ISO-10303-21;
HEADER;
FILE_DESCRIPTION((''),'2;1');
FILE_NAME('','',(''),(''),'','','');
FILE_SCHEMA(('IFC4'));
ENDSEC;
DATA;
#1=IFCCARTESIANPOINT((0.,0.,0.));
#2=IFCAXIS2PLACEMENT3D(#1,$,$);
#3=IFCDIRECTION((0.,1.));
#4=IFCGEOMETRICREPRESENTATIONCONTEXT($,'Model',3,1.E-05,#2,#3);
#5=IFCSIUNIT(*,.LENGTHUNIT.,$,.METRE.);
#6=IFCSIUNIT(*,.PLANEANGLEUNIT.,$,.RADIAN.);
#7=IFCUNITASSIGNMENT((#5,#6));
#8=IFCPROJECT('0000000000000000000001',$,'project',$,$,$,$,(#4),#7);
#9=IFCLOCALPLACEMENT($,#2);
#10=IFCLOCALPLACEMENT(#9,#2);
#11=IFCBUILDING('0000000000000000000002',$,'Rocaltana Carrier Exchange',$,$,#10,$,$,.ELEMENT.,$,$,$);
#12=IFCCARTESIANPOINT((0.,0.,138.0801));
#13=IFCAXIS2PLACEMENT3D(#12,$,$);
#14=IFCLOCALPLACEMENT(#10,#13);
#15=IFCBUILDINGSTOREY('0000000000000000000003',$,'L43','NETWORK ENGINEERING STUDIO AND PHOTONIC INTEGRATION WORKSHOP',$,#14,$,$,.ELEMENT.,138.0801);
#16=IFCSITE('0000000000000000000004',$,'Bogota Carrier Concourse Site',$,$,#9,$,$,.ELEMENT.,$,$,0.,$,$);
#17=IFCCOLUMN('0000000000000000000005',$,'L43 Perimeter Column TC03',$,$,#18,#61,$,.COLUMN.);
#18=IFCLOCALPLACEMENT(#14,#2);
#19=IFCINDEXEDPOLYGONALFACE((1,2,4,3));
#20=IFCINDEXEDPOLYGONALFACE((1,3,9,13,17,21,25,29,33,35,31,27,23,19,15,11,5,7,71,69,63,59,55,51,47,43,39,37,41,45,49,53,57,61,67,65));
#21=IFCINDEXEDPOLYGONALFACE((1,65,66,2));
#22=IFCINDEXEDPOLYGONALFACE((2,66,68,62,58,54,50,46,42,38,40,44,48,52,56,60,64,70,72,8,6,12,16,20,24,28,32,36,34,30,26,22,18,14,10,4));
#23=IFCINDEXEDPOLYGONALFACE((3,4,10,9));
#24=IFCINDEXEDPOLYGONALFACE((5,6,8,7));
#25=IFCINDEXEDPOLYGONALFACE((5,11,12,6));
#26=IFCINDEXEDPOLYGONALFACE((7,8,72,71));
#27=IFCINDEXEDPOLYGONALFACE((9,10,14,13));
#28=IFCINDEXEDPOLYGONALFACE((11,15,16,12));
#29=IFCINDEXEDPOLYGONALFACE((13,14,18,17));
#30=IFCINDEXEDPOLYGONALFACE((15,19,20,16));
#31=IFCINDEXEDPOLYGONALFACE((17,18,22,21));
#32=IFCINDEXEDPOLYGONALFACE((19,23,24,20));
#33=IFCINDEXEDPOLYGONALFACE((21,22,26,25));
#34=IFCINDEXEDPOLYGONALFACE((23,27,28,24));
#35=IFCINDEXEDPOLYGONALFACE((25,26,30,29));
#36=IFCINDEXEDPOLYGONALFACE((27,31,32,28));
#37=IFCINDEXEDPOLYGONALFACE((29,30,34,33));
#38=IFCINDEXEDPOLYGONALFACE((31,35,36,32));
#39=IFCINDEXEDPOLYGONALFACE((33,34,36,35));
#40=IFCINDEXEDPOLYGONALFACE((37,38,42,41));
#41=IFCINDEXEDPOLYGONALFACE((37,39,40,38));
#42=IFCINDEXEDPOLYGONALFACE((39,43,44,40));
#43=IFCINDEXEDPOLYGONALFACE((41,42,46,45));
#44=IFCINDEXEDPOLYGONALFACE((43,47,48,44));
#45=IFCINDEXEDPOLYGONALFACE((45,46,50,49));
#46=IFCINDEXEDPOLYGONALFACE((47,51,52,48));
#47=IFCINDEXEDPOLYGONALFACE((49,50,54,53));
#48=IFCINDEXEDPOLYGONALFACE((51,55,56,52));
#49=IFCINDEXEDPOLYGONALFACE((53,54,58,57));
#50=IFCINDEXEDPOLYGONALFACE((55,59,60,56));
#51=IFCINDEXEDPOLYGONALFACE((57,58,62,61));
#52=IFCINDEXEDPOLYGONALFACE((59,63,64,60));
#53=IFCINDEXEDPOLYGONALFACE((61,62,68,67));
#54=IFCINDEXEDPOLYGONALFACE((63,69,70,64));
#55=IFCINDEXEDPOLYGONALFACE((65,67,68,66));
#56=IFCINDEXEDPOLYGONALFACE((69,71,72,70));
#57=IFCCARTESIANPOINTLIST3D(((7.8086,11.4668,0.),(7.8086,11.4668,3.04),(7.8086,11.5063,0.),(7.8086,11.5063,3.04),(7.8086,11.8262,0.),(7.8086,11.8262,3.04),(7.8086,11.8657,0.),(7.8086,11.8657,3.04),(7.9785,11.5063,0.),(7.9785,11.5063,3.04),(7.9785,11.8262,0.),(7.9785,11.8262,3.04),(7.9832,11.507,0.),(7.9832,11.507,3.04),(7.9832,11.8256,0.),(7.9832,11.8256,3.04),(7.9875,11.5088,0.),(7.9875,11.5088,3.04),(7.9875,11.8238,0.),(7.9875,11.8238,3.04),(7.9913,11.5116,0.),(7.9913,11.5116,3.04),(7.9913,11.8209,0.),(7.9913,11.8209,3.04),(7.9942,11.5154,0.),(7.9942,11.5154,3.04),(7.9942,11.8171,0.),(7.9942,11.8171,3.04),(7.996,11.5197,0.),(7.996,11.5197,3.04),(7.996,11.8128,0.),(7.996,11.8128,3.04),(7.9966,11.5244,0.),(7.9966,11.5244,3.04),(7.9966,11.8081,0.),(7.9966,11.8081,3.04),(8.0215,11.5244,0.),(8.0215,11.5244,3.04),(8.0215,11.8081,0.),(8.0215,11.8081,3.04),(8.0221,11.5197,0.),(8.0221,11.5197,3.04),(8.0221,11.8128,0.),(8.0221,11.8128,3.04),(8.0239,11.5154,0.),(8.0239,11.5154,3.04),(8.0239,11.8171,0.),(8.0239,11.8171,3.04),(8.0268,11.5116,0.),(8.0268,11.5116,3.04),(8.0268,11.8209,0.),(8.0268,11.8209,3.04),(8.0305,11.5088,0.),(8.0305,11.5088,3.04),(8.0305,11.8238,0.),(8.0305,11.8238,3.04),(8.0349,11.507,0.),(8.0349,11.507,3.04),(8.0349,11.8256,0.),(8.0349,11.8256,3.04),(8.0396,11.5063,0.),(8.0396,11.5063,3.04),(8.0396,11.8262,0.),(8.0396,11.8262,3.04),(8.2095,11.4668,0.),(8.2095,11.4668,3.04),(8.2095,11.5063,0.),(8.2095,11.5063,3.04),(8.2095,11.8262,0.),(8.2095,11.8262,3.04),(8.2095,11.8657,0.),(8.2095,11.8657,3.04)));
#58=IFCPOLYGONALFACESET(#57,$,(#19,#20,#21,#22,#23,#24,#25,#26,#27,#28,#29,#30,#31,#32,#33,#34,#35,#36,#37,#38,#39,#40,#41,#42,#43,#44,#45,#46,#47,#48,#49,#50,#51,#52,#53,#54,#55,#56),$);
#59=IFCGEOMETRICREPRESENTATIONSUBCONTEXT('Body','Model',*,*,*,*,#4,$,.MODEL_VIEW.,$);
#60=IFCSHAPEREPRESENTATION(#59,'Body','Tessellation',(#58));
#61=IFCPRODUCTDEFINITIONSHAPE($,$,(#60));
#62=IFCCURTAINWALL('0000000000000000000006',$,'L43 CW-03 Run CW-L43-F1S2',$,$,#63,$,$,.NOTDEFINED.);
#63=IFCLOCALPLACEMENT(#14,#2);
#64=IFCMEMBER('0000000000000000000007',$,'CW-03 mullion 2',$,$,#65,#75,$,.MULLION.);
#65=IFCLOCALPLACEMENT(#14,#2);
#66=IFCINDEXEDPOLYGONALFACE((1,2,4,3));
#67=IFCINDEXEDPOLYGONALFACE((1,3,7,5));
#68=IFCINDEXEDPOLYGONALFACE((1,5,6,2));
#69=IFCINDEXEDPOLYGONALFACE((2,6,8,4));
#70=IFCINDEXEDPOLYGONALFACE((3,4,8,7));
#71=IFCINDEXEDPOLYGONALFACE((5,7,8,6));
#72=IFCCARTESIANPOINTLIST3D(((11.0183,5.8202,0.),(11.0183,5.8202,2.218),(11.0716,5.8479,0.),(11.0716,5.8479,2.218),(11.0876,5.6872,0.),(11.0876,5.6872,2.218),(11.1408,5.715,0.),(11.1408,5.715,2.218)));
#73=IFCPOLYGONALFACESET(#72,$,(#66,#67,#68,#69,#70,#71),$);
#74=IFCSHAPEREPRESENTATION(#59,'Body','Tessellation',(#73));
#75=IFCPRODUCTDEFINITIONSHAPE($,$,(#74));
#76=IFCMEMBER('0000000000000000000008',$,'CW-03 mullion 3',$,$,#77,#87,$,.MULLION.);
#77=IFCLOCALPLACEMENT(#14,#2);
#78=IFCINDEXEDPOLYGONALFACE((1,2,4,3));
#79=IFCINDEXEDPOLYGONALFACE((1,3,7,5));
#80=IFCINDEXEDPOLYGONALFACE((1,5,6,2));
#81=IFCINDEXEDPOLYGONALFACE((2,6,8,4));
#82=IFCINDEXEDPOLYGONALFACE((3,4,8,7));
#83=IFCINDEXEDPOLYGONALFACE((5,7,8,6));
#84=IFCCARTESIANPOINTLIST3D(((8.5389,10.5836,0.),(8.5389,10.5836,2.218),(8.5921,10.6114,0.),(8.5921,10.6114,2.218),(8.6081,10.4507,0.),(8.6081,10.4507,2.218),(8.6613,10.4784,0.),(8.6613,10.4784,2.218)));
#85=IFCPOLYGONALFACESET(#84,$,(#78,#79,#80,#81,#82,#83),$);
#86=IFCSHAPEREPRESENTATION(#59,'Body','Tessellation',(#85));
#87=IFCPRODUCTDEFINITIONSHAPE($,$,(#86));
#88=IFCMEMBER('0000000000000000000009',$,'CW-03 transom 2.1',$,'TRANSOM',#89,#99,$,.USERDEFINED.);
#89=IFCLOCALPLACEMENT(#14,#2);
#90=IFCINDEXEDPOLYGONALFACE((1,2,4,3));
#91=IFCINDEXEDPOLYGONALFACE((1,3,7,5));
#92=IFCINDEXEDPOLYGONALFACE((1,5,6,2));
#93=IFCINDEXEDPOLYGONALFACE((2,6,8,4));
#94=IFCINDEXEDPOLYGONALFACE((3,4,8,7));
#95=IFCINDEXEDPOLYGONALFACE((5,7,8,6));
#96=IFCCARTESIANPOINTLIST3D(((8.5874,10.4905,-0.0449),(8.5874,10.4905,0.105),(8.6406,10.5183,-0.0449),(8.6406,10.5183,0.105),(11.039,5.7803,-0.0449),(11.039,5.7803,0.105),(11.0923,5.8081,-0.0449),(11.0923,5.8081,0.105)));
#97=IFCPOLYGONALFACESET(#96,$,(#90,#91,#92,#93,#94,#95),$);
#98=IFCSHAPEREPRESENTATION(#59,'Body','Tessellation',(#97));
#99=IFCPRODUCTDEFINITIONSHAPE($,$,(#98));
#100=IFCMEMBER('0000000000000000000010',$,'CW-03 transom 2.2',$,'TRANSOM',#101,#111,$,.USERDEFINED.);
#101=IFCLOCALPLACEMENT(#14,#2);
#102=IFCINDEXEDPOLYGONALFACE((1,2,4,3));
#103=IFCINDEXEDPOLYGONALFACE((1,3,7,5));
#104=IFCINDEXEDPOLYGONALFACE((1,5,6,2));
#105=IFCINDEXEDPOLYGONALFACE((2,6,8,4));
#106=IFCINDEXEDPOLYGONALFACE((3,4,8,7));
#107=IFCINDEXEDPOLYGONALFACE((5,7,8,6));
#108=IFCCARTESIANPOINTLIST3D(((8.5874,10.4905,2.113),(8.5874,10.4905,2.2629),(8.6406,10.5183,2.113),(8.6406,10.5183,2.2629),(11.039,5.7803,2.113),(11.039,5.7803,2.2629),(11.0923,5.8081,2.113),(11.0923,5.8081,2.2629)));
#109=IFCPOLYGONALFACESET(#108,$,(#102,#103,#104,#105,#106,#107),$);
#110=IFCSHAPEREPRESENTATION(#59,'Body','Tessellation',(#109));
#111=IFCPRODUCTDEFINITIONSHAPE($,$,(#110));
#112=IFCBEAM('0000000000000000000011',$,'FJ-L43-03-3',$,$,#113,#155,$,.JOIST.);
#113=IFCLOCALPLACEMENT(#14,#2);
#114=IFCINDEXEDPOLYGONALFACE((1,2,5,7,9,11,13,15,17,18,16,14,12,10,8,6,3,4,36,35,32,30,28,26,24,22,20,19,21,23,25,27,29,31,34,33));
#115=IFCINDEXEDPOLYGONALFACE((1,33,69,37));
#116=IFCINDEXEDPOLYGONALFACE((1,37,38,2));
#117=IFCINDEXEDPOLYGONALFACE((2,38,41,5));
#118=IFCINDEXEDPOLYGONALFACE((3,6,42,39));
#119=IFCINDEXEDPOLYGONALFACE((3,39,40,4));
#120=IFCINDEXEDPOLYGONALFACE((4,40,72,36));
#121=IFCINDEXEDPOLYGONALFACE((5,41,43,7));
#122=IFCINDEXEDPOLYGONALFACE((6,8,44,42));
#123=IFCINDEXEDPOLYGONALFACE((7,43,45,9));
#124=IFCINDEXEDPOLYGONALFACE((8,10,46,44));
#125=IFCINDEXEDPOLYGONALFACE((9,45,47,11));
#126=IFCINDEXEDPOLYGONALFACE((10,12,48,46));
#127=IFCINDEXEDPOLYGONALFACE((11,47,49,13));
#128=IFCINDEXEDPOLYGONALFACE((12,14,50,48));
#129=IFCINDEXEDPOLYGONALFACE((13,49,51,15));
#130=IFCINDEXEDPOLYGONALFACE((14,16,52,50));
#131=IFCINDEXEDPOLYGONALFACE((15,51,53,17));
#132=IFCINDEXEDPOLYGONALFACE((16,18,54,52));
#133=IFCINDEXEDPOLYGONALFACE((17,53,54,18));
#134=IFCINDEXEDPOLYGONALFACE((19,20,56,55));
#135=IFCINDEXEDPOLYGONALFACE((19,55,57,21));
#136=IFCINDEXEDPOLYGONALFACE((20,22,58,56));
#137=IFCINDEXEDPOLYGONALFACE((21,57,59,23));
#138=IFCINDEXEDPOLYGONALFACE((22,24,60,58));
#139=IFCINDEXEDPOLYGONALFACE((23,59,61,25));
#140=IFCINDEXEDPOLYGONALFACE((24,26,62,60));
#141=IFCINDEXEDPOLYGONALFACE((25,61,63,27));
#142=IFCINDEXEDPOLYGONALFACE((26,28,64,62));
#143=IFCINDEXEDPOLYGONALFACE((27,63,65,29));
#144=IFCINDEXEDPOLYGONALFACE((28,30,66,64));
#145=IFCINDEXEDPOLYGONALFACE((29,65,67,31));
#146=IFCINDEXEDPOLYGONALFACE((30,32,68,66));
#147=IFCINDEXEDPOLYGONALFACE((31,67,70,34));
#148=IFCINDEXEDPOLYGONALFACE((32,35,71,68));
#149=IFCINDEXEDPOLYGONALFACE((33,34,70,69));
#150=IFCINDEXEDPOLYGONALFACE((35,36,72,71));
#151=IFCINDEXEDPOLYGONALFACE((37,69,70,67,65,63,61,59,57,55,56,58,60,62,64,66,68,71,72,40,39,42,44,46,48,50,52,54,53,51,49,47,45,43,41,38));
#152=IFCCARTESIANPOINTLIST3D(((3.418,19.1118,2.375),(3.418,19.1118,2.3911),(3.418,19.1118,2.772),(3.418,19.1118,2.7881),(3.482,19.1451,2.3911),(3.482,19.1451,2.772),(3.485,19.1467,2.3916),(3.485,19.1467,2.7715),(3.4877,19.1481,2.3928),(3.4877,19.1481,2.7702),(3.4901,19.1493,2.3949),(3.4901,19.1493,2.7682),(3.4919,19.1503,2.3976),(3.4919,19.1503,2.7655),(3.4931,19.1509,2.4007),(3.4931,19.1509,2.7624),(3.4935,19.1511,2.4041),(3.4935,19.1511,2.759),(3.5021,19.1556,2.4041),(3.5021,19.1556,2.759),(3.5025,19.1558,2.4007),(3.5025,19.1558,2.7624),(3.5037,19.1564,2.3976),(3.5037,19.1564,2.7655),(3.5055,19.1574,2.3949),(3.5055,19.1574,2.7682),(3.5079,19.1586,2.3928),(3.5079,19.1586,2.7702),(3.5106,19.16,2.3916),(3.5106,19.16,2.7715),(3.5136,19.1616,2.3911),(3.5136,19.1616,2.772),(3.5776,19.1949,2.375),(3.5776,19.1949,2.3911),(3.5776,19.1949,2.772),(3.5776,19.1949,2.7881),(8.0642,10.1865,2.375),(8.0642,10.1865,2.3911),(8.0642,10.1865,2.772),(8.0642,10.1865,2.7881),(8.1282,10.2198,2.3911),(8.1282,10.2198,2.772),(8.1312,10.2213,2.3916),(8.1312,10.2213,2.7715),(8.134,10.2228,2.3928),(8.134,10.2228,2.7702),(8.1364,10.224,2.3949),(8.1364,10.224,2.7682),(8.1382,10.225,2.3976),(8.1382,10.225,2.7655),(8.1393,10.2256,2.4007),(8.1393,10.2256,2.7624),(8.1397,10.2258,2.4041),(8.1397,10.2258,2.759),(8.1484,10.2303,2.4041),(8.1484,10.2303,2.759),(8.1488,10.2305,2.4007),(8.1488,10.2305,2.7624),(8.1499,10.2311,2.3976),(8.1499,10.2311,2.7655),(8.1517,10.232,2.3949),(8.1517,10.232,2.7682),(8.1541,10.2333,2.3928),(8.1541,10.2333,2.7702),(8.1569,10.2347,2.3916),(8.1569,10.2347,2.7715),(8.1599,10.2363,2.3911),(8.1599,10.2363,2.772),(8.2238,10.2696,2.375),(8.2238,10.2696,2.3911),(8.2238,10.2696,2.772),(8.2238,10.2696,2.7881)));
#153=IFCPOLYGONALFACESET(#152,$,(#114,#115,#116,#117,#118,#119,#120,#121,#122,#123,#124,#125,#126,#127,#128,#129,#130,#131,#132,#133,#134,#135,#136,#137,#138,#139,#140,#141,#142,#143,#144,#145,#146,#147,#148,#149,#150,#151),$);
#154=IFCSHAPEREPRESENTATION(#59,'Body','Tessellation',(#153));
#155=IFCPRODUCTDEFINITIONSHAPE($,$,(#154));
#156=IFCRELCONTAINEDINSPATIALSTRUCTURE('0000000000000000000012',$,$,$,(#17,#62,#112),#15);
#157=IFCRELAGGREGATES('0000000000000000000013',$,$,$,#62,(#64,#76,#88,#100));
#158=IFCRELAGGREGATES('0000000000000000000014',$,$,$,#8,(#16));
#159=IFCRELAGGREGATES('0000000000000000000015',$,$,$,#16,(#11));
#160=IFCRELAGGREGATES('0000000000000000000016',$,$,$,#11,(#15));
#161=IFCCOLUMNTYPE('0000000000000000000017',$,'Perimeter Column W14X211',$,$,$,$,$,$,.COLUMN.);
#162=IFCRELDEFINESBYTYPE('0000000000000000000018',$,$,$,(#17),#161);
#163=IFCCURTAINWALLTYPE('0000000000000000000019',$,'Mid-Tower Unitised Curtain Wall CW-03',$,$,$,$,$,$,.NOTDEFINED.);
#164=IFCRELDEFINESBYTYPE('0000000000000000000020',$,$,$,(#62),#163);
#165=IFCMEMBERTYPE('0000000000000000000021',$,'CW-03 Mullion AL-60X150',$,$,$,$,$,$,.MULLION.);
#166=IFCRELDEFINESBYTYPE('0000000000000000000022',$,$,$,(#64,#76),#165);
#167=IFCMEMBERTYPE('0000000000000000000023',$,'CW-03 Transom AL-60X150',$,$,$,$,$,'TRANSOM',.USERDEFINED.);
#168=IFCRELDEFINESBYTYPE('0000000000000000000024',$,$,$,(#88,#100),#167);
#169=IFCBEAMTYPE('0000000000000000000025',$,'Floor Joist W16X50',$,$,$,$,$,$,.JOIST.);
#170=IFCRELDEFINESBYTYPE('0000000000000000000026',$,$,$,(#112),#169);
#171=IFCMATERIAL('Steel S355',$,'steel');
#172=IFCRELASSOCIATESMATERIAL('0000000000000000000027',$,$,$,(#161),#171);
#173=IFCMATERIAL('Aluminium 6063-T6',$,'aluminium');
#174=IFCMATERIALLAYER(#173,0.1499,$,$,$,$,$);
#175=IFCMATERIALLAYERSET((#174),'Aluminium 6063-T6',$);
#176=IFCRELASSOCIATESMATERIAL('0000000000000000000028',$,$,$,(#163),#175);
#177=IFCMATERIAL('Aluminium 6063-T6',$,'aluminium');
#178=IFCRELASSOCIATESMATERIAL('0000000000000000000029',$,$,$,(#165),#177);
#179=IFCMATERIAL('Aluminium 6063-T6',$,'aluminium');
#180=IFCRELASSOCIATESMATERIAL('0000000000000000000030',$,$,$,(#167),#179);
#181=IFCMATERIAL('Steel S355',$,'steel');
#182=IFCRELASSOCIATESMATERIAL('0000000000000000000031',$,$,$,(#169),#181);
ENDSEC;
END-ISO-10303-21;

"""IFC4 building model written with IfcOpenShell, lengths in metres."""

from ifc_helpers import new_model, si_unit, direction, frame, origin, origin_2d, place, context, subcontext, project, spatial, rectangle, i_section, extrude, material, layer, layer_set, material_profile, profile_set, type_object, element, aggregate, save


model = new_model("IFC4")

# Units and contexts
model_context = context("Model", 3, precision=1e-05, world=origin(), true_north=direction((0.0, 1.0)))
body_context = subcontext(model_context, "Body", "Model", "MODEL_VIEW")
ifc_project = project(units=[si_unit("LENGTHUNIT", "METRE"), si_unit("PLANEANGLEUNIT", "RADIAN")], contexts=[model_context])

# Site, building, storey
site_placement = place(None, origin())
site = spatial("IfcSite", under=ifc_project, at=site_placement, Name="Bogota Carrier Concourse Site", CompositionType="ELEMENT", RefElevation=0.0)
building_placement = place(site_placement, origin())
building = spatial("IfcBuilding", under=site, at=building_placement, Name="Rocaltana Carrier Exchange", CompositionType="ELEMENT")
storey_placement = place(building_placement, frame((0.0, 0.0, 138.0801)))
storey = spatial("IfcBuildingStorey", under=building, at=storey_placement, Name="L43", Description="NETWORK ENGINEERING STUDIO AND PHOTONIC INTEGRATION WORKSHOP", CompositionType="ELEMENT", Elevation=138.0801)

# Column
ifc_material_1 = material(Name="Steel S355", Category="steel")
ifc_material_profile_1 = material_profile(ifc_material_1, i_section(OverallWidth=0.4009, OverallDepth=0.3989, WebThickness=0.0249, FlangeThickness=0.0396, FilletRadius=0.0181, at=origin_2d()), Name="W14X211")
ifc_profile_set_1 = profile_set([ifc_material_profile_1], Name="Steel S355")
column_type = type_object("IfcColumnType", Name="Perimeter Column W14X211", PredefinedType="COLUMN", material=ifc_profile_set_1)
column_placement = place(storey_placement, frame((8.009, 11.6663, 0.0), z_axis=(0.0, 0.0, 1.0), x_axis=(1.0, 0.0, 0.0)))
element("IfcColumn", 1, at=column_placement, inside=storey, type_object=column_type, Name="L43 Perimeter Column TC03", PredefinedType="COLUMN", context=body_context, shape_type="SweptSolid", body=[
    extrude(i_section(OverallWidth=0.4009, OverallDepth=0.3989, WebThickness=0.0249, FlangeThickness=0.0396, FilletRadius=0.0181, at=origin_2d()), origin(), (0.0, 0.0, 1.0), 3.04),
])

# Curtain wall, members
ifc_material_2 = material(Name="Aluminium 6063-T6", Category="aluminium")
ifc_layer_1 = layer(ifc_material_2, 0.1499)
ifc_layer_set_1 = layer_set([ifc_layer_1], Name="Aluminium 6063-T6")
curtain_wall_type = type_object("IfcCurtainWallType", Name="Mid-Tower Unitised Curtain Wall CW-03", PredefinedType="NOTDEFINED", material=ifc_layer_set_1)
curtain_wall_placement = place(storey_placement, origin())
curtain_wall = element("IfcCurtainWall", 2, at=curtain_wall_placement, inside=storey, type_object=curtain_wall_type, Name="L43 CW-03 Run CW-L43-F1S2", PredefinedType="NOTDEFINED")
ifc_material_3 = material(Name="Aluminium 6063-T6", Category="aluminium")
ifc_material_profile_2 = material_profile(ifc_material_3, rectangle(XDim=0.0601, YDim=0.1499, at=origin_2d()), Name="AL-60X150")
ifc_profile_set_2 = profile_set([ifc_material_profile_2], Name="Aluminium 6063-T6")
member_type_1 = type_object("IfcMemberType", Name="CW-03 Mullion AL-60X150", PredefinedType="MULLION", material=ifc_profile_set_2)
member_1_placement = place(storey_placement, frame((11.0796, 5.7676, 0.0), z_axis=(0.0, 0.0, 1.0), x_axis=(-0.887012, -0.461747, 0.0)))
member_1 = element("IfcMember", 3, at=member_1_placement, type_object=member_type_1, Name="CW-03 mullion 2", PredefinedType="MULLION", context=body_context, shape_type="SweptSolid", body=[
    extrude(rectangle(XDim=0.0601, YDim=0.1499, at=origin_2d()), origin(), (0.0, 0.0, 1.0), 2.218),
])
member_2_placement = place(storey_placement, frame((8.6001, 10.531, 0.0), z_axis=(0.0, 0.0, 1.0), x_axis=(-0.887012, -0.461747, 0.0)))
member_2 = element("IfcMember", 4, at=member_2_placement, type_object=member_type_1, Name="CW-03 mullion 3", PredefinedType="MULLION", context=body_context, shape_type="SweptSolid", body=[
    extrude(rectangle(XDim=0.0601, YDim=0.1499, at=origin_2d()), origin(), (0.0, 0.0, 1.0), 2.218),
])
ifc_material_4 = material(Name="Aluminium 6063-T6", Category="aluminium")
ifc_material_profile_3 = material_profile(ifc_material_4, rectangle(XDim=0.0601, YDim=0.1499, at=origin_2d()), Name="AL-60X150")
ifc_profile_set_3 = profile_set([ifc_material_profile_3], Name="Aluminium 6063-T6")
member_type_2 = type_object("IfcMemberType", Name="CW-03 Transom AL-60X150", ElementType="TRANSOM", PredefinedType="USERDEFINED", material=ifc_profile_set_3)
member_3_placement = place(storey_placement, frame((11.0657, 5.7942, 0.03), z_axis=(-0.461702, 0.887035, 0.0), x_axis=(-0.887035, -0.461702, 0.0)))
member_3 = element("IfcMember", 5, at=member_3_placement, type_object=member_type_2, Name="CW-03 transom 2.1", ObjectType="TRANSOM", PredefinedType="USERDEFINED", context=body_context, shape_type="SweptSolid", body=[
    extrude(rectangle(XDim=0.0601, YDim=0.1499, at=origin_2d()), origin(), (0.0, 0.0, 1.0), 5.3101),
])
member_4_placement = place(storey_placement, frame((11.0657, 5.7942, 2.188), z_axis=(-0.461702, 0.887035, 0.0), x_axis=(-0.887035, -0.461702, 0.0)))
member_4 = element("IfcMember", 6, at=member_4_placement, type_object=member_type_2, Name="CW-03 transom 2.2", ObjectType="TRANSOM", PredefinedType="USERDEFINED", context=body_context, shape_type="SweptSolid", body=[
    extrude(rectangle(XDim=0.0601, YDim=0.1499, at=origin_2d()), origin(), (0.0, 0.0, 1.0), 5.3101),
])

# Beam
ifc_material_5 = material(Name="Steel S355", Category="steel")
ifc_material_profile_4 = material_profile(ifc_material_5, i_section(OverallWidth=0.1799, OverallDepth=0.4131, WebThickness=0.0098, FlangeThickness=0.0161, FilletRadius=0.0129, at=origin_2d()), Name="W16X50")
ifc_profile_set_4 = profile_set([ifc_material_profile_4], Name="Steel S355")
beam_type_1 = type_object("IfcBeamType", Name="Floor Joist W16X50", PredefinedType="JOIST", material=ifc_profile_set_4)
beam_1_placement = place(storey_placement, frame((8.144, 10.228, 2.5815), z_axis=(-0.461751, 0.88701, 0.0), x_axis=(-0.88701, -0.461751, 0.0)))
element("IfcBeam", 7, at=beam_1_placement, inside=storey, type_object=beam_type_1, Name="FJ-L43-03-3", PredefinedType="JOIST", context=body_context, shape_type="SweptSolid", body=[
    extrude(i_section(OverallWidth=0.1799, OverallDepth=0.4131, WebThickness=0.0098, FlangeThickness=0.0161, FilletRadius=0.0129, at=origin_2d()), origin(), (0.0, 0.0, 1.0), 10.0623),
])

aggregate(curtain_wall, [member_1, member_2, member_3, member_4])

save(model, "model.ifc")
